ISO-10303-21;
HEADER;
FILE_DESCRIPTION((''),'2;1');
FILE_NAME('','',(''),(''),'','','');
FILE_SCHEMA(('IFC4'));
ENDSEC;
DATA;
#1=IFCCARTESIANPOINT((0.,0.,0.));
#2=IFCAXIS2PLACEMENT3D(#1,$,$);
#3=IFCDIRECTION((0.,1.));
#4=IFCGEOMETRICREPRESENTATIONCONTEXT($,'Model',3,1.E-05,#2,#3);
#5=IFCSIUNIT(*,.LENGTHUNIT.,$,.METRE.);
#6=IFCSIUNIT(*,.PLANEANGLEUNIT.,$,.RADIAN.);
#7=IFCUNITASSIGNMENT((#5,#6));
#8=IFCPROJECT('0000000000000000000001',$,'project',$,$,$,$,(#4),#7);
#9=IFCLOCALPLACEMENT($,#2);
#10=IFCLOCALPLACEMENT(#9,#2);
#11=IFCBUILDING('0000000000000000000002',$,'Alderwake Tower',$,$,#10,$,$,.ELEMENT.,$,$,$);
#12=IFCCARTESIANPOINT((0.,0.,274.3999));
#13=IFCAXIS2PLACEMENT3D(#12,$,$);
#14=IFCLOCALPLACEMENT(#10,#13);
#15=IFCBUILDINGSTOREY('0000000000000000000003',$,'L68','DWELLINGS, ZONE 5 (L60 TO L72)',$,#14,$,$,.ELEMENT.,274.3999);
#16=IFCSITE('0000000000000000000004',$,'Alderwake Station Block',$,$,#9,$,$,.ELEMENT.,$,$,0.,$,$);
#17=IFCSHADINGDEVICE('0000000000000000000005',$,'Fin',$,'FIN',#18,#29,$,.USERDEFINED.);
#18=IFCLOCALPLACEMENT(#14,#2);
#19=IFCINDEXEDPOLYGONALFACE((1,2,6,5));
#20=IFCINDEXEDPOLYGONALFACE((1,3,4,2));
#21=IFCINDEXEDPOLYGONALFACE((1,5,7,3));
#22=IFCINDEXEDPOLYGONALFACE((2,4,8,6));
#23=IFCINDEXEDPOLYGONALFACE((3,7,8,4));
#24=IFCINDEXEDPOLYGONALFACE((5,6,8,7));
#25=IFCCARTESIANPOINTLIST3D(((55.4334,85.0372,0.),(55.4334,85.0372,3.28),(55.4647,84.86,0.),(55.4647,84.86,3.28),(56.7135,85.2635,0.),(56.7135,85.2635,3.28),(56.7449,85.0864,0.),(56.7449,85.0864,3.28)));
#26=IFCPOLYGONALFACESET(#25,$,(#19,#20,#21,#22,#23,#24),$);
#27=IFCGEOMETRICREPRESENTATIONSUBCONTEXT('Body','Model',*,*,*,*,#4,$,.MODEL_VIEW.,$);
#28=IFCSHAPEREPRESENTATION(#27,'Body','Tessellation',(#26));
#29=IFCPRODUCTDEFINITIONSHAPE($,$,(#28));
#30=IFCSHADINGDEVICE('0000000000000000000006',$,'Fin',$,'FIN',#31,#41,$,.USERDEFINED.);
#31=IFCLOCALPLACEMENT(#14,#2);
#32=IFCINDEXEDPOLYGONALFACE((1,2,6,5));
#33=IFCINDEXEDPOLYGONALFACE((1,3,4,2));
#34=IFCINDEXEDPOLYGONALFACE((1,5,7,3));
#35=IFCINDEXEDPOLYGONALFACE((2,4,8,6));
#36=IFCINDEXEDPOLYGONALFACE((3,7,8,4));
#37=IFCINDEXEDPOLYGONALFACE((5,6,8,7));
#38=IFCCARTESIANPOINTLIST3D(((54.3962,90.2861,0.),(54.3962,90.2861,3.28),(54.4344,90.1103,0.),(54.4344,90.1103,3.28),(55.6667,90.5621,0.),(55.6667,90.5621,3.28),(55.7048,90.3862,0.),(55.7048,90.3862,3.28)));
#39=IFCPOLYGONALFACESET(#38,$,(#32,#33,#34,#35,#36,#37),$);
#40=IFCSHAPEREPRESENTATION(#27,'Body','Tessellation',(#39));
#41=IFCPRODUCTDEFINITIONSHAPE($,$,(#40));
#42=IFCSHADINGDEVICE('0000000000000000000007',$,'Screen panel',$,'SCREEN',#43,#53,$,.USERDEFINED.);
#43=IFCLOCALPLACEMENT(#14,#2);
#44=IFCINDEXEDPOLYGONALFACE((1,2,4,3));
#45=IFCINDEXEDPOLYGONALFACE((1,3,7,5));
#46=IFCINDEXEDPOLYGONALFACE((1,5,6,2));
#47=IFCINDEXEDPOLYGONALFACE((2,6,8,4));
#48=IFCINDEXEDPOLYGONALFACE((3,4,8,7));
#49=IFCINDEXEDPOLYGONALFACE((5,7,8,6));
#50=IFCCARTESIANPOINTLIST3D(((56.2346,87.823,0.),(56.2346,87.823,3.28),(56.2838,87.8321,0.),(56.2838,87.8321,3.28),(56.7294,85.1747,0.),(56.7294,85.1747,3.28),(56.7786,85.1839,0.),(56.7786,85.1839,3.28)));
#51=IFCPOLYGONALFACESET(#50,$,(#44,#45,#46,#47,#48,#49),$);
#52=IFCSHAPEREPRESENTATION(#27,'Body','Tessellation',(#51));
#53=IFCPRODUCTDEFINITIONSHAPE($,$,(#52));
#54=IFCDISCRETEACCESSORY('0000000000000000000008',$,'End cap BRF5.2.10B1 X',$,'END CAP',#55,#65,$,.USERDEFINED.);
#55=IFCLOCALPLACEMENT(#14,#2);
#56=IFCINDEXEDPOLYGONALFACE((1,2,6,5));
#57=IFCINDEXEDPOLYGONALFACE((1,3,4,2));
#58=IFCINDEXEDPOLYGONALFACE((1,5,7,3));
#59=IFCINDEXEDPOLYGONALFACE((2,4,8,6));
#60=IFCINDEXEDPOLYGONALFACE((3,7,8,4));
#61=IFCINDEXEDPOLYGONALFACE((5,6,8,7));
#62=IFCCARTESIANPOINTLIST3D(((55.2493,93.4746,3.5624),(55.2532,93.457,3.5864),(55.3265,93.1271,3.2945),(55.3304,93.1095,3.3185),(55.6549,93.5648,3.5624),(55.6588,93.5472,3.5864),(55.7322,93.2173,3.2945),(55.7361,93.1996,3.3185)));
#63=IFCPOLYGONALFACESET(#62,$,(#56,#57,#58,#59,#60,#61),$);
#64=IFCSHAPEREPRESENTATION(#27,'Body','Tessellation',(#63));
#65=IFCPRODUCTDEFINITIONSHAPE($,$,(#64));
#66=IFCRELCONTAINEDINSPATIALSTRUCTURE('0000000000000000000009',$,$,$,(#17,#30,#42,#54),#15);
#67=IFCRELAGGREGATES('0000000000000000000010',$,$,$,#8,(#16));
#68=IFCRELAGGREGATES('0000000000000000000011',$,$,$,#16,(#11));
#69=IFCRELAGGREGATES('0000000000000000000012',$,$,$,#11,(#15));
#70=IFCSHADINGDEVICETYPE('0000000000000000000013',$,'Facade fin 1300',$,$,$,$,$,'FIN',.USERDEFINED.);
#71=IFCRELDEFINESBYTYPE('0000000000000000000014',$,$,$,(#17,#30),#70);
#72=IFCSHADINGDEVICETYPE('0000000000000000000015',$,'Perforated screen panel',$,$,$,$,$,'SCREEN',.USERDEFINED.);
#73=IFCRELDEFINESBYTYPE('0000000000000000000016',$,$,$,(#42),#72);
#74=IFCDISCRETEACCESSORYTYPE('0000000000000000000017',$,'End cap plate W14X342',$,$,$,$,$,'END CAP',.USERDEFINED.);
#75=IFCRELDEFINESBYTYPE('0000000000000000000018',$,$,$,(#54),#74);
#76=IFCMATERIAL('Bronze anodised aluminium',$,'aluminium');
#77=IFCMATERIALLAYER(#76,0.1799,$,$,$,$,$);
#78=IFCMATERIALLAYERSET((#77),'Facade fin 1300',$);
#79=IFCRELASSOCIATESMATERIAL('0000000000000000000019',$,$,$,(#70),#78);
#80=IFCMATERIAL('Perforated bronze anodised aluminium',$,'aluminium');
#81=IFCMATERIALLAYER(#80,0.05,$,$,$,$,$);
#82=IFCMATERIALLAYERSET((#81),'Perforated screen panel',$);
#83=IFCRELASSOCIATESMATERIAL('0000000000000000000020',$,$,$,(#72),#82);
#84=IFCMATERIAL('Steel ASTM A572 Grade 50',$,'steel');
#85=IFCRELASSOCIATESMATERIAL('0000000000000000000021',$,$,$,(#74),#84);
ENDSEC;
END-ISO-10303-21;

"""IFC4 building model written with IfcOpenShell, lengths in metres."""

from ifc_helpers import new_model, si_unit, direction, frame, origin, origin_2d, place, context, subcontext, project, spatial, rectangle, extrude, material, layer, layer_set, material_profile, profile_set, type_object, element, save


model = new_model("IFC4")

# Units and contexts
model_context = context("Model", 3, precision=1e-05, world=origin(), true_north=direction((0.0, 1.0)))
body_context = subcontext(model_context, "Body", "Model", "MODEL_VIEW")
ifc_project = project(units=[si_unit("LENGTHUNIT", "METRE"), si_unit("PLANEANGLEUNIT", "RADIAN")], contexts=[model_context])

# Site, building, storey
site_placement = place(None, origin())
site = spatial("IfcSite", under=ifc_project, at=site_placement, Name="Alderwake Station Block", CompositionType="ELEMENT", RefElevation=0.0)
building_placement = place(site_placement, origin())
building = spatial("IfcBuilding", under=site, at=building_placement, Name="Alderwake Tower", CompositionType="ELEMENT")
storey_placement = place(building_placement, frame((0.0, 0.0, 274.3999)))
storey = spatial("IfcBuildingStorey", under=building, at=storey_placement, Name="L68", Description="DWELLINGS, ZONE 5 (L60 TO L72)", CompositionType="ELEMENT", Elevation=274.3999)

# Shading devices
ifc_material_1 = material(Name="Bronze anodised aluminium", Category="aluminium")
ifc_layer_1 = layer(ifc_material_1, 0.1799)
ifc_layer_set_1 = layer_set([ifc_layer_1], Name="Facade fin 1300")
shading_device_type_1 = type_object("IfcShadingDeviceType", Name="Facade fin 1300", ElementType="FIN", PredefinedType="USERDEFINED", material=ifc_layer_set_1)
for number, where, z_axis, x_axis, name in (
    (1, (56.0891, 85.0618, 0.0), (0.0, 0.0, 1.0), (0.984726, 0.174109, 0.0), "Fin"),
    (2, (55.0505, 90.3362, 0.0), (0.0, 0.0, 1.0), (0.97721, 0.212273, 0.0), "Fin"),
):
    element("IfcShadingDevice", number, at=place(storey_placement, frame(where, z_axis=z_axis, x_axis=x_axis)), inside=storey, type_object=shading_device_type_1, Name=name, ObjectType="FIN", PredefinedType="USERDEFINED", context=body_context, shape_type="SweptSolid", body=[
        extrude(rectangle(XDim=1.3, YDim=0.1799, at=origin_2d()), origin(), (0.0, 0.0, 1.0), 3.28),
    ])
ifc_material_2 = material(Name="Perforated bronze anodised aluminium", Category="aluminium")
ifc_layer_2 = layer(ifc_material_2, 0.05)
ifc_layer_set_2 = layer_set([ifc_layer_2], Name="Perforated screen panel")
shading_device_type_2 = type_object("IfcShadingDeviceType", Name="Perforated screen panel", ElementType="SCREEN", PredefinedType="USERDEFINED", material=ifc_layer_set_2)
shading_device_placement = place(storey_placement, frame((56.5066, 86.5034, 0.0), z_axis=(0.0, 0.0, 1.0), x_axis=(0.982991, 0.183651, 0.0)))
element("IfcShadingDevice", 3, at=shading_device_placement, inside=storey, type_object=shading_device_type_2, Name="Screen panel", ObjectType="SCREEN", PredefinedType="USERDEFINED", context=body_context, shape_type="SweptSolid", body=[
    extrude(rectangle(XDim=0.05, YDim=2.6941, at=origin_2d()), origin(), (0.0, 0.0, 1.0), 3.28),
])

# Discrete accessory
ifc_material_3 = material(Name="Steel ASTM A572 Grade 50", Category="steel")
ifc_material_profile_1 = material_profile(ifc_material_3, rectangle(XDim=0.4155, YDim=0.4456, at=origin_2d()), Name="W14X342 cap")
ifc_profile_set_1 = profile_set([ifc_material_profile_1], Name="Steel ASTM A572 Grade 50")
discrete_accessory_type = type_object("IfcDiscreteAccessoryType", Name="End cap plate W14X342", ElementType="END CAP", PredefinedType="USERDEFINED", material=ifc_profile_set_1)
discrete_accessory_placement = place(storey_placement, frame((55.4907, 93.3459, 3.4285), z_axis=(0.130448, -0.587017, 0.798996), x_axis=(0.976187, 0.21693, 0.0)))
element("IfcDiscreteAccessory", 4, at=discrete_accessory_placement, inside=storey, type_object=discrete_accessory_type, Name="End cap BRF5.2.10B1 X", ObjectType="END CAP", PredefinedType="USERDEFINED", context=body_context, shape_type="SweptSolid", body=[
    extrude(rectangle(XDim=0.4155, YDim=0.4456, at=origin_2d()), origin(), (0.0, 0.0, 1.0), 0.03),
])

save(model, "model.ifc")
